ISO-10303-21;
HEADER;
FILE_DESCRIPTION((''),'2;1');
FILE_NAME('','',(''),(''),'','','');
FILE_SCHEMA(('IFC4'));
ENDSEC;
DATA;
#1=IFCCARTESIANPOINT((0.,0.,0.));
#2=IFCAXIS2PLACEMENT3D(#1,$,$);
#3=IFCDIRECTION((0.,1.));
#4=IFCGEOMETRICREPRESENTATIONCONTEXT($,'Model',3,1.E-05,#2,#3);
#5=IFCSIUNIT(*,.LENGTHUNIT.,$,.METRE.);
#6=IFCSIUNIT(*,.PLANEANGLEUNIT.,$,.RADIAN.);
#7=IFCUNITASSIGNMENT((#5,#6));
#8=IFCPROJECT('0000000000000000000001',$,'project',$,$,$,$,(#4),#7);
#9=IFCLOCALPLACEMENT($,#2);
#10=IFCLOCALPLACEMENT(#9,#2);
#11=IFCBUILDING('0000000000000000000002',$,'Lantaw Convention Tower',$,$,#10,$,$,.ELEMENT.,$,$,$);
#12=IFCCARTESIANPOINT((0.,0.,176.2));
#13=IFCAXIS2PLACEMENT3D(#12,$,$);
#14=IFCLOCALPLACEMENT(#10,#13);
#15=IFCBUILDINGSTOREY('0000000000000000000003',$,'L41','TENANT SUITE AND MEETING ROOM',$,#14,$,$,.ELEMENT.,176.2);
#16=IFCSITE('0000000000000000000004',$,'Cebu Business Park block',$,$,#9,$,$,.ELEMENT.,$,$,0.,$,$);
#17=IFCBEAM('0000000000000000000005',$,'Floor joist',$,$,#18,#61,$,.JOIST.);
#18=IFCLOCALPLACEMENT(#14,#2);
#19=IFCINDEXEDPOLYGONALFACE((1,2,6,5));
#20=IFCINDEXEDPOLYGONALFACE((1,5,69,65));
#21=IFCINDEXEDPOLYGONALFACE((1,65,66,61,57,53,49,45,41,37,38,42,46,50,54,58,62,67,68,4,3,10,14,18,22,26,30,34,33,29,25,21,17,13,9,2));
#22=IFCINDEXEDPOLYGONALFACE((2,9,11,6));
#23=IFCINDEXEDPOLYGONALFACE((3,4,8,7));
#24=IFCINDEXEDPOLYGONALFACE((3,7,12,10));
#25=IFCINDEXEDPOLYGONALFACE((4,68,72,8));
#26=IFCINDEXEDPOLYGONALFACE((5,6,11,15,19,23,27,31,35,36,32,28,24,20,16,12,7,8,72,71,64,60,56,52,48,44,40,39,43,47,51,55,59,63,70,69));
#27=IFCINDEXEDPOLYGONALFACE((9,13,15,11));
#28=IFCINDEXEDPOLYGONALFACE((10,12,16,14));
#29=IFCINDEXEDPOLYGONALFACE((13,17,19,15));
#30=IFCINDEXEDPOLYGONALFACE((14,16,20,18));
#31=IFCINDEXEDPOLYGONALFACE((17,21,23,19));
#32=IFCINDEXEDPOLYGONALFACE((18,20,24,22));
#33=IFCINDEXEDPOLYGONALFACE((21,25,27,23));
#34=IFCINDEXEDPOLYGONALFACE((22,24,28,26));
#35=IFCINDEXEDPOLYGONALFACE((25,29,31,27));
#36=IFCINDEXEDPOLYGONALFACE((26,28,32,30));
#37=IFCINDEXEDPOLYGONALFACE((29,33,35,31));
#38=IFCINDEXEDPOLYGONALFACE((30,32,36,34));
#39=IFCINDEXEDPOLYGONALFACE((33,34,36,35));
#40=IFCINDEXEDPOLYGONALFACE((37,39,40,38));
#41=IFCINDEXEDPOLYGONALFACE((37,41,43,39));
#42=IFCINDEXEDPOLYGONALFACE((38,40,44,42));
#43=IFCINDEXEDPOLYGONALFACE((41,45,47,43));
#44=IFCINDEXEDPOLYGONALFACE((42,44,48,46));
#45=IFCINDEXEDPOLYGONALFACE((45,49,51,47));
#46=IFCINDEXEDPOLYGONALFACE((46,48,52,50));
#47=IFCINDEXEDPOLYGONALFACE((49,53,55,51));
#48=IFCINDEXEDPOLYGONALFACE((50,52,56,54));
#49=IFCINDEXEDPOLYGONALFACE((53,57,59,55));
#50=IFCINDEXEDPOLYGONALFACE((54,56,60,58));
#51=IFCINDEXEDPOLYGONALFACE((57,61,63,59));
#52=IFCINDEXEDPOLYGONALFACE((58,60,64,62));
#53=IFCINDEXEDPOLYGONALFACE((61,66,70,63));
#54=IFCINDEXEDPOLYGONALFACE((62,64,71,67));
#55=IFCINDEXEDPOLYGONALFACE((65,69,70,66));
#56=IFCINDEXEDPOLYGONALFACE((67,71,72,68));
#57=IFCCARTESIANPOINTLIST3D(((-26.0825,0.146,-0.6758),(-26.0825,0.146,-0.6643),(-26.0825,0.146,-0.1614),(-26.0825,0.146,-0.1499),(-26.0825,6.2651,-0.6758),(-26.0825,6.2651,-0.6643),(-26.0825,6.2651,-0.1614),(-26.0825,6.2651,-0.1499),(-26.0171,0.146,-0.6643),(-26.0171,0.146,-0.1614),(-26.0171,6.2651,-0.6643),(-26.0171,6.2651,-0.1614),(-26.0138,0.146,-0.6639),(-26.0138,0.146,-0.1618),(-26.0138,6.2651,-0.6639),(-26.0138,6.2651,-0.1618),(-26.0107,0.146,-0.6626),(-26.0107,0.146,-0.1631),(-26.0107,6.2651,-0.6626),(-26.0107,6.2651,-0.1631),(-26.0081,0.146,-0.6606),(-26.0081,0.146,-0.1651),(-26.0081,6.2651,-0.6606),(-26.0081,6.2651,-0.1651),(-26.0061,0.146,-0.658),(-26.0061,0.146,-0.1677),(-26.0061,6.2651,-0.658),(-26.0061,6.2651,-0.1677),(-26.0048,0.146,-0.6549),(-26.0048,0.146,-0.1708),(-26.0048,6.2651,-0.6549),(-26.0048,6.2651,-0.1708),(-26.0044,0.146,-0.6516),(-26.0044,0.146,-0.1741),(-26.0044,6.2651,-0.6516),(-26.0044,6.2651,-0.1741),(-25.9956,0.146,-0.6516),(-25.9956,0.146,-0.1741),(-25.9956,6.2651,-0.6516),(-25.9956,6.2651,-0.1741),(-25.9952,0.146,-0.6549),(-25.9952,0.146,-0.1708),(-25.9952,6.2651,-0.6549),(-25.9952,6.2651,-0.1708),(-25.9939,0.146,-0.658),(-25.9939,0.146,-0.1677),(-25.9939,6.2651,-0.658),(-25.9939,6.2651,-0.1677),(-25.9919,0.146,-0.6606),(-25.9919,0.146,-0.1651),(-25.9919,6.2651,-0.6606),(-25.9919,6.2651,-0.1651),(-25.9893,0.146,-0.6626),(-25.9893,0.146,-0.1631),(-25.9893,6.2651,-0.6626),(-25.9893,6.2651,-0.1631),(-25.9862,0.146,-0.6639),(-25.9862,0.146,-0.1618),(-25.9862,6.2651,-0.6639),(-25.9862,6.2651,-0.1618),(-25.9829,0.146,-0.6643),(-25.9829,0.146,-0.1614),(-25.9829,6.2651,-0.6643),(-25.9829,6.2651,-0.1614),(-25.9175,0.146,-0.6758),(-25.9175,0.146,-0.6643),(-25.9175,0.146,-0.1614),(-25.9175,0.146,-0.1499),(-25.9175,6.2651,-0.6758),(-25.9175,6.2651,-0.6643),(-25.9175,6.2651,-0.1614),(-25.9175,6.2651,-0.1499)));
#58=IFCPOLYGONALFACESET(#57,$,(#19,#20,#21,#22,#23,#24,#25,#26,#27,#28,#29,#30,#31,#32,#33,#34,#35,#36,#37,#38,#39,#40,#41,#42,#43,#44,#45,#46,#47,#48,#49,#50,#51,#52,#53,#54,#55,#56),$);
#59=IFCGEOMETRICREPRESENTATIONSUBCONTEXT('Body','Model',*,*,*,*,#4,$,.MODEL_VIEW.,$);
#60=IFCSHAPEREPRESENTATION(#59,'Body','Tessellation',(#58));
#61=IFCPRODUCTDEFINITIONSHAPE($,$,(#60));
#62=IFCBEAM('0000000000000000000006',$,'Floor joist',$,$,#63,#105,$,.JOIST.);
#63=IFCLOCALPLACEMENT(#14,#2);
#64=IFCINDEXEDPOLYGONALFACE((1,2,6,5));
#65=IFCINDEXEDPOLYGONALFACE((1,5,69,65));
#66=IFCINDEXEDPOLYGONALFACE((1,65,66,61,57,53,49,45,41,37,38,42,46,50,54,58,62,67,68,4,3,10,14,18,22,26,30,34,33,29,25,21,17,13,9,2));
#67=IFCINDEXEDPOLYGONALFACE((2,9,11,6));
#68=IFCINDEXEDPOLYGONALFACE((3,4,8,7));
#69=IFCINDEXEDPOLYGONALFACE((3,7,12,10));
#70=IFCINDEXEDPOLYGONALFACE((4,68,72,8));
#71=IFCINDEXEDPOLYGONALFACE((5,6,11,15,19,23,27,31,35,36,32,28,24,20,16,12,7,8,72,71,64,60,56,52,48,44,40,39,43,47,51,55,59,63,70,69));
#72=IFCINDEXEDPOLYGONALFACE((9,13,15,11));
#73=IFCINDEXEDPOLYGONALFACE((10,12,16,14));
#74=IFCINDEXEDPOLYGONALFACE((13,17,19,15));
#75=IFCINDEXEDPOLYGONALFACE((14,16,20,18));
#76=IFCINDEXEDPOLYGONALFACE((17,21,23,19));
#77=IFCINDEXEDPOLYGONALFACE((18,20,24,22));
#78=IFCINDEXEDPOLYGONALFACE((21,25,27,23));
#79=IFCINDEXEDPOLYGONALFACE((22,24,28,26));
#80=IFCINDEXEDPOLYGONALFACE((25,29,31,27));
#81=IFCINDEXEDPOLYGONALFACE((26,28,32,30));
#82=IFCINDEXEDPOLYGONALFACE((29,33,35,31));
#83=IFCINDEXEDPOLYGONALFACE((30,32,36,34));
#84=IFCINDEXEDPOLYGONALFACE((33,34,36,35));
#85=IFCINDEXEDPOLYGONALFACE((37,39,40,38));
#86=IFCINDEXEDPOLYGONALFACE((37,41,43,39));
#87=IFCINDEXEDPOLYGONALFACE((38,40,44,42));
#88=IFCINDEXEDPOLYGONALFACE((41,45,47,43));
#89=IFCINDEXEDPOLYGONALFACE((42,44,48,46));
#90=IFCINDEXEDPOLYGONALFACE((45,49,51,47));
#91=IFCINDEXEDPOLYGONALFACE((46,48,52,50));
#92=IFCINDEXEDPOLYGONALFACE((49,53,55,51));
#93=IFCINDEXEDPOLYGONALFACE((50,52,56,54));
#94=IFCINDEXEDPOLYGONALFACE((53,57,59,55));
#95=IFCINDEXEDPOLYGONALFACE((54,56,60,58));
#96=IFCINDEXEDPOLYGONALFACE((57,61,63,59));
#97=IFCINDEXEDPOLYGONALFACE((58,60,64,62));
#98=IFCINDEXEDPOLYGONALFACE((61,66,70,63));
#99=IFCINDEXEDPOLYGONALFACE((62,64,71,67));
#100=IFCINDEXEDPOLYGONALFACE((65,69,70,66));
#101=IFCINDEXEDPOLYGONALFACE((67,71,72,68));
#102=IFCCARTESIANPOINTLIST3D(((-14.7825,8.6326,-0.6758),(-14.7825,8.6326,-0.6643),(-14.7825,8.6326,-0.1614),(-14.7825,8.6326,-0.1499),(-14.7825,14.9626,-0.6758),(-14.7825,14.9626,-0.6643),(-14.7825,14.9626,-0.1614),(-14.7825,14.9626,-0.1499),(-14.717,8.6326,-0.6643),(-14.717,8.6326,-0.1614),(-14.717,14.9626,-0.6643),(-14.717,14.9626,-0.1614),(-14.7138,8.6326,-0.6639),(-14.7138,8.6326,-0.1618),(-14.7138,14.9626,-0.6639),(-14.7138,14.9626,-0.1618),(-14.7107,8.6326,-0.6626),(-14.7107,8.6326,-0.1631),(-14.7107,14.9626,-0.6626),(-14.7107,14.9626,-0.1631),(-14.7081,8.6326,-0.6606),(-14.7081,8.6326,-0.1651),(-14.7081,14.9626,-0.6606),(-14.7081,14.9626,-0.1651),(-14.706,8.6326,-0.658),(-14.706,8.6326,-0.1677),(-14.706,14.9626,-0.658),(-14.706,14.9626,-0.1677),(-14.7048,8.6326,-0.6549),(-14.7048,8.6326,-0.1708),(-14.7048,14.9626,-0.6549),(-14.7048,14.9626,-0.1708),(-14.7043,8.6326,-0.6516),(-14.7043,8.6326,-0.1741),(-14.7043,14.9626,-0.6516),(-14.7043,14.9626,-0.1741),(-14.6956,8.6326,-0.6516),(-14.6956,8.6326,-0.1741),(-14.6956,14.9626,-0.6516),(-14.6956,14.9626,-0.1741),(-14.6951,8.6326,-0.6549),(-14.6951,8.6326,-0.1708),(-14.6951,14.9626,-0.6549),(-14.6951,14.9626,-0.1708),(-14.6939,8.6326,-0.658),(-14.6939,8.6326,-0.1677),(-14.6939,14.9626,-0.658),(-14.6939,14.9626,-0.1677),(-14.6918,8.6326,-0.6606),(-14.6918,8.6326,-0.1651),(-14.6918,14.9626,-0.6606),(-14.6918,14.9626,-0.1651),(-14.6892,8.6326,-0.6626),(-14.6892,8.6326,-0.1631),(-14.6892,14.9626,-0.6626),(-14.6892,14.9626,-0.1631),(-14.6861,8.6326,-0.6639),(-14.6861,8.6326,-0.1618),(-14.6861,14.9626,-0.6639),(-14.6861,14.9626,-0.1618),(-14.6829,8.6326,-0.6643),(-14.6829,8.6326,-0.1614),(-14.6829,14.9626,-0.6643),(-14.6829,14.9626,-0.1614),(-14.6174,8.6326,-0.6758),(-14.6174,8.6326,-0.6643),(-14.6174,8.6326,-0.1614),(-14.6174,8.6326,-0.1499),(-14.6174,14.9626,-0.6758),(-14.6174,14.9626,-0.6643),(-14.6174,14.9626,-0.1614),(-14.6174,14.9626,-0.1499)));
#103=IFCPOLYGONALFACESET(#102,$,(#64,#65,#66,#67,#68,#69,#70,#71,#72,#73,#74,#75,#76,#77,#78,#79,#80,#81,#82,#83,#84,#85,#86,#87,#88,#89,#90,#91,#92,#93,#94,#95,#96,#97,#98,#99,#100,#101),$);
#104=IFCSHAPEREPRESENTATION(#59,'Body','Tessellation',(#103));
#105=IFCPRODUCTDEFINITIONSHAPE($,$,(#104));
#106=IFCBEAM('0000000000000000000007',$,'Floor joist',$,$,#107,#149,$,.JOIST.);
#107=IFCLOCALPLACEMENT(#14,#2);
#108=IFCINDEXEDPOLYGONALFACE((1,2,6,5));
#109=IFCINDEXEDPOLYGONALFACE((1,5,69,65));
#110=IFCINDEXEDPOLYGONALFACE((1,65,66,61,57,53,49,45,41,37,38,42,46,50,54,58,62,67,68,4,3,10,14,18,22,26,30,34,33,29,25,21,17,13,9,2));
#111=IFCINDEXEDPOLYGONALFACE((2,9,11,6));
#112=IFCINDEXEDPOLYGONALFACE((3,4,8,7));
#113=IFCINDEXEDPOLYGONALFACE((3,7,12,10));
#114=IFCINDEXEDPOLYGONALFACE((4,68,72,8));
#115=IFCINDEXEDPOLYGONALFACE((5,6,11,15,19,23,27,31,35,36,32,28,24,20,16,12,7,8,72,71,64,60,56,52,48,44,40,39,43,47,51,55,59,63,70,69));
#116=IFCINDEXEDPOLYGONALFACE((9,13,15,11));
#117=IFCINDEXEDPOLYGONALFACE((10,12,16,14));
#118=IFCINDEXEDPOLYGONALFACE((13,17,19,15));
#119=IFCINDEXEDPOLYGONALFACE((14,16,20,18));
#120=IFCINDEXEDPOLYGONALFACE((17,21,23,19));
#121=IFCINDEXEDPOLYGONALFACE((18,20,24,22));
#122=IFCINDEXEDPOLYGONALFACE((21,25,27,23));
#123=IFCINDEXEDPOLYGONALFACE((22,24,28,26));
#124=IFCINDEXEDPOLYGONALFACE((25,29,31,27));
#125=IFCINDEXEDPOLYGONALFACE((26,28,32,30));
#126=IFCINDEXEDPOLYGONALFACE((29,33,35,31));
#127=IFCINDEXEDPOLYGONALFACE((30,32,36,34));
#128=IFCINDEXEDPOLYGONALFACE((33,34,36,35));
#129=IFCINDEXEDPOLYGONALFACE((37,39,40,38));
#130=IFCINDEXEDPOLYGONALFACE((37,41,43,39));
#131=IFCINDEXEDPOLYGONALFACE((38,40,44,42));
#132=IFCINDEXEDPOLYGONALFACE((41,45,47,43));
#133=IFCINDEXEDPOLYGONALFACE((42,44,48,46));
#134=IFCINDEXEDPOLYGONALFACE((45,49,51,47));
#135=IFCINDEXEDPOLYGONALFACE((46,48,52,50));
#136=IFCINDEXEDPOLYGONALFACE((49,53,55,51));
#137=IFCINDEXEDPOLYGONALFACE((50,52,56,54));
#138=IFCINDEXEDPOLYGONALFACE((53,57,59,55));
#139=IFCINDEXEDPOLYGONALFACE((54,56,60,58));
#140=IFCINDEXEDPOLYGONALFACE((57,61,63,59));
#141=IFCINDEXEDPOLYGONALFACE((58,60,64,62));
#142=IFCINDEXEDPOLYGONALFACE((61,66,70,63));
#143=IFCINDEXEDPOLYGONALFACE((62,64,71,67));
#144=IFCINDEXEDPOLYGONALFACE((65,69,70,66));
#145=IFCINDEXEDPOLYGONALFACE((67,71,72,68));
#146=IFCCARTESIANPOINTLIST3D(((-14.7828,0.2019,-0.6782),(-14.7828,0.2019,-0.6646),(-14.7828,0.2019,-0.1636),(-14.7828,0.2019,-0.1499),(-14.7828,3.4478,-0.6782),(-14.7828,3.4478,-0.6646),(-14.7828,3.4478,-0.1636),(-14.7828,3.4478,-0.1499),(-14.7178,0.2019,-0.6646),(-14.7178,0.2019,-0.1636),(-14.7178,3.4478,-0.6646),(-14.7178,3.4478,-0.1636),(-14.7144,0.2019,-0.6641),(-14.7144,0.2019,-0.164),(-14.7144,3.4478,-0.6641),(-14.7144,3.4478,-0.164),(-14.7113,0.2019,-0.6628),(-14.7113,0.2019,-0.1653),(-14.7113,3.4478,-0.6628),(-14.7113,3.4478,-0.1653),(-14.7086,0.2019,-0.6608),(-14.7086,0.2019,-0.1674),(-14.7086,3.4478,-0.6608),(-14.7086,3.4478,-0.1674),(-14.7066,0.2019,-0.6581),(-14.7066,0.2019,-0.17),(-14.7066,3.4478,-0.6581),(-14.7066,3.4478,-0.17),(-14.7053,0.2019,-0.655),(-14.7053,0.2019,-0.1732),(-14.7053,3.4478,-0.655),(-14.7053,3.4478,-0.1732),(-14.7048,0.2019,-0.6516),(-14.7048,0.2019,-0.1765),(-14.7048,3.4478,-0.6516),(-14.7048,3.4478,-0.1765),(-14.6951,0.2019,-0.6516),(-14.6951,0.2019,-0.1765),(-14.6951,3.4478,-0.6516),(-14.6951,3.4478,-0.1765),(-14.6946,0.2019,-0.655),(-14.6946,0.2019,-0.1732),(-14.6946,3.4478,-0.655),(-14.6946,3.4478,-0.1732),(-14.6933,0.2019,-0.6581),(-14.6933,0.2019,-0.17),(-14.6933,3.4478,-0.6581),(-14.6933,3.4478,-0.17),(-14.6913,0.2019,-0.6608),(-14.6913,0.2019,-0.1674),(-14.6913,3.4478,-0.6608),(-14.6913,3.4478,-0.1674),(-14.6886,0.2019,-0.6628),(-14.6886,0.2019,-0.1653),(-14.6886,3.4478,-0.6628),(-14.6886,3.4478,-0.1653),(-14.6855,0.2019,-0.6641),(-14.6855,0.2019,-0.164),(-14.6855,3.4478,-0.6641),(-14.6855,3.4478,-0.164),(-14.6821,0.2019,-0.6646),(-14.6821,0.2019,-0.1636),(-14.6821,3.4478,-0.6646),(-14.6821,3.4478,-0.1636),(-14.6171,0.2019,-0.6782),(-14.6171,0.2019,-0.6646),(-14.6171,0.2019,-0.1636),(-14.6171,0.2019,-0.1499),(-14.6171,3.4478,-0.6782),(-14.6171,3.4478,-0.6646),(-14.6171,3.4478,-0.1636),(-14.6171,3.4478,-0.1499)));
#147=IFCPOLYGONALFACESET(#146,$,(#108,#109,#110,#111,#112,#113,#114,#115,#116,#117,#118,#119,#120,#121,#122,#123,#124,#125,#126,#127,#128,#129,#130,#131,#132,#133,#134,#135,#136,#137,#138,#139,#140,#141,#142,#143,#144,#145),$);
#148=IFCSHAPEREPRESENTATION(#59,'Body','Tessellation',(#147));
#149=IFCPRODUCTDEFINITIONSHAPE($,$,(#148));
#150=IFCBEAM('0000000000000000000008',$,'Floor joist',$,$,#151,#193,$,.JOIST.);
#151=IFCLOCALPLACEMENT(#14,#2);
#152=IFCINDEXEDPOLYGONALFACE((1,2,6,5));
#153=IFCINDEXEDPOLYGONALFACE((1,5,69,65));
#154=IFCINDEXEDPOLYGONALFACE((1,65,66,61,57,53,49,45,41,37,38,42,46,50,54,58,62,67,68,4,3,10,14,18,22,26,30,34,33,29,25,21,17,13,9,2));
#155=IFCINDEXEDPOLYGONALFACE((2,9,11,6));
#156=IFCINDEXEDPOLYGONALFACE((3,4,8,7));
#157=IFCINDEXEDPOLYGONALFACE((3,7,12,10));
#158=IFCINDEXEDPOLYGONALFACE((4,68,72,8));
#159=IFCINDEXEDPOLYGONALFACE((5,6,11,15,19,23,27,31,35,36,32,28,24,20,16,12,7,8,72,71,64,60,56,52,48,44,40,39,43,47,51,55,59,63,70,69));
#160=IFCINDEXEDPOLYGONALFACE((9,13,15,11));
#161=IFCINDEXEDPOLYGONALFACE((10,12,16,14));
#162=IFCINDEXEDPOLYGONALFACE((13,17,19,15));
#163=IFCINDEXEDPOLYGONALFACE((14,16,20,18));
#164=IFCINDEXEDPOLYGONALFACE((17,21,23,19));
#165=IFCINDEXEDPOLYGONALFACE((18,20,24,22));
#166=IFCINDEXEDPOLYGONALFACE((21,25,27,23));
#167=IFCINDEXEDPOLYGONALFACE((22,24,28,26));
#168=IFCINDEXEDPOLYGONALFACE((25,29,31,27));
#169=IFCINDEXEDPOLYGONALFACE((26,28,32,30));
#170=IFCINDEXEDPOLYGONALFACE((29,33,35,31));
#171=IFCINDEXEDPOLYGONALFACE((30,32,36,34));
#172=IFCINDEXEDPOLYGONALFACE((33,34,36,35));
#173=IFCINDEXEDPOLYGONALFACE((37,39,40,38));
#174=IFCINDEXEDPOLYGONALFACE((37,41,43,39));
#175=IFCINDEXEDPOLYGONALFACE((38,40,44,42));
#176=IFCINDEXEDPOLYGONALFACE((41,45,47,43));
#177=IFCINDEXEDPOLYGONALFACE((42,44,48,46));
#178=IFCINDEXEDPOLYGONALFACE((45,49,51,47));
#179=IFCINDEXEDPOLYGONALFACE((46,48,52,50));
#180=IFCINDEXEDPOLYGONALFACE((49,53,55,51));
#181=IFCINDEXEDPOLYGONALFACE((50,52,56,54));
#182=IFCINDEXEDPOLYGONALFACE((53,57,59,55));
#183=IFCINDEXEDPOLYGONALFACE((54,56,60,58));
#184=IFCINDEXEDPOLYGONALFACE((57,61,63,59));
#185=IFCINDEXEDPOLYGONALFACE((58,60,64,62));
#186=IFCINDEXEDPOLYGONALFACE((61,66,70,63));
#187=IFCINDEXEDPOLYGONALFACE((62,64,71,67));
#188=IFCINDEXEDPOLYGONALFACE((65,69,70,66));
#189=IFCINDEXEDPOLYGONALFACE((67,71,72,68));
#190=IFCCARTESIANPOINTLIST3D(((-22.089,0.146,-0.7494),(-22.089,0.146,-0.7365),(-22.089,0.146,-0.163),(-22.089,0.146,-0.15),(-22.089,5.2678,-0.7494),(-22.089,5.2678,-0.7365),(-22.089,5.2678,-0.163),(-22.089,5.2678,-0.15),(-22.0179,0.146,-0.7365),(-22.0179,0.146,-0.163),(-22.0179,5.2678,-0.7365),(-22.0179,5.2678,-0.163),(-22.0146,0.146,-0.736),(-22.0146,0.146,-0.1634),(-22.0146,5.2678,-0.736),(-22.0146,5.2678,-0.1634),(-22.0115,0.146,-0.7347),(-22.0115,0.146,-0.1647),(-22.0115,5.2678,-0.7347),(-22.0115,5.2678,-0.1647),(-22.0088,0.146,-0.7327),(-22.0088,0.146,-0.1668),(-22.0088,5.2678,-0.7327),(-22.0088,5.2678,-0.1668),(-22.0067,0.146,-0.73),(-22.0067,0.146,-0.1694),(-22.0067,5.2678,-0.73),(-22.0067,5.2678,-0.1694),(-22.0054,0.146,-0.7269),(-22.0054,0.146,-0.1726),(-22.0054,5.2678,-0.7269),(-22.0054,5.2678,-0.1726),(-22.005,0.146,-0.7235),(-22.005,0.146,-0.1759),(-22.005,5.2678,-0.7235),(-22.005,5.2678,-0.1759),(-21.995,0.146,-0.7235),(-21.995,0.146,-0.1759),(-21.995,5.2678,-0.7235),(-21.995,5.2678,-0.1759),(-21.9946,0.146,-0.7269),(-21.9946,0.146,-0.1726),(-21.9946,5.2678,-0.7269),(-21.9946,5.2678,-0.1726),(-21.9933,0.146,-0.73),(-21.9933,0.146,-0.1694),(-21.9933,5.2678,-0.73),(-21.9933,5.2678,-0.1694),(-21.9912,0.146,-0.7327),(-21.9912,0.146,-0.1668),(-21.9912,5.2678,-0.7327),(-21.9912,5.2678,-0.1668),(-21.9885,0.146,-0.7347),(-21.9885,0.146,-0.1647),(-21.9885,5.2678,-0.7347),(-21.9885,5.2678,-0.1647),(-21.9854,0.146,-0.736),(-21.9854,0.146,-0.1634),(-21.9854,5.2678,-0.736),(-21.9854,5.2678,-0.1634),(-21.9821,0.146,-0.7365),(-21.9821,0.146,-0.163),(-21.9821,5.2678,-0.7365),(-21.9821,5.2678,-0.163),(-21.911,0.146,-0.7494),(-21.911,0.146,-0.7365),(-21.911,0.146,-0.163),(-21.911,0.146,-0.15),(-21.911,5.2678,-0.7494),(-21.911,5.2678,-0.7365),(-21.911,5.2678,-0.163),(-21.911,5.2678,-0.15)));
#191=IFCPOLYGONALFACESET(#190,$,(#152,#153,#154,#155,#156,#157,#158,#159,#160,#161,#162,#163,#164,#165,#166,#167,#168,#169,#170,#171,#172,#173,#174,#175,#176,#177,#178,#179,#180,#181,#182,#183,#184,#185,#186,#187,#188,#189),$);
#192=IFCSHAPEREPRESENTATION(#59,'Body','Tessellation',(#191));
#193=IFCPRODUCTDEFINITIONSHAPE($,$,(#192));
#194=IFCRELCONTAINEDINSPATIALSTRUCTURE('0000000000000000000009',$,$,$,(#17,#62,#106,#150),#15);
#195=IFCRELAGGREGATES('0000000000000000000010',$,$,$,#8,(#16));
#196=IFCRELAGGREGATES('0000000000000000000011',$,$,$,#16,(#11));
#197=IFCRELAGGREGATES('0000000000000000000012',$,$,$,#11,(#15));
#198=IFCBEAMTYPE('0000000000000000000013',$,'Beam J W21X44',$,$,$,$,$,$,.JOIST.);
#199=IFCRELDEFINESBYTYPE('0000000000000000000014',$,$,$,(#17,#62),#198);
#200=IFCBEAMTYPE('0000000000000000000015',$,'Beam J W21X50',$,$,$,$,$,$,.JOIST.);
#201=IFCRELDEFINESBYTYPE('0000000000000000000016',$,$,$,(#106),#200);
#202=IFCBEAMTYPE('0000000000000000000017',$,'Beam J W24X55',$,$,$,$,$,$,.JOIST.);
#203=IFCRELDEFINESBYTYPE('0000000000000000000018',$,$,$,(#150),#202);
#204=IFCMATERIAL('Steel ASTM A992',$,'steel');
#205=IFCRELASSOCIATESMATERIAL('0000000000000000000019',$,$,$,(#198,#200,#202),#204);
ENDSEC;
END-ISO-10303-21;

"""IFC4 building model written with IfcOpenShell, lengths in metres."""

from ifc_helpers import new_model, si_unit, direction, frame, origin, origin_2d, place, context, subcontext, project, spatial, i_section, extrude, material, material_profile, profile_set, type_object, element, save


model = new_model("IFC4")

# Units and contexts
model_context = context("Model", 3, precision=1e-05, world=origin(), true_north=direction((0.0, 1.0)))
body_context = subcontext(model_context, "Body", "Model", "MODEL_VIEW")
ifc_project = project(units=[si_unit("LENGTHUNIT", "METRE"), si_unit("PLANEANGLEUNIT", "RADIAN")], contexts=[model_context])

# Site, building, storey
site_placement = place(None, origin())
site = spatial("IfcSite", under=ifc_project, at=site_placement, Name="Cebu Business Park block", CompositionType="ELEMENT", RefElevation=0.0)
building_placement = place(site_placement, origin())
building = spatial("IfcBuilding", under=site, at=building_placement, Name="Lantaw Convention Tower", CompositionType="ELEMENT")
storey_placement = place(building_placement, frame((0.0, 0.0, 176.2)))
storey = spatial("IfcBuildingStorey", under=building, at=storey_placement, Name="L41", Description="TENANT SUITE AND MEETING ROOM", CompositionType="ELEMENT", Elevation=176.2)

# Beams
ifc_material_1 = material(Name="Steel ASTM A992", Category="steel")
ifc_material_profile_1 = material_profile(ifc_material_1, i_section(OverallWidth=0.165, OverallDepth=0.5259, WebThickness=0.0088, FlangeThickness=0.0115, FilletRadius=0.0127, at=origin_2d()), Name="W21X44")
ifc_profile_set_1 = profile_set([ifc_material_profile_1], Name="Steel ASTM A992")
beam_type_1 = type_object("IfcBeamType", Name="Beam J W21X44", PredefinedType="JOIST", material=ifc_profile_set_1)
beam_1_placement = place(storey_placement, frame((-26.0, 0.146, -0.4128), z_axis=(0.0, 1.0, 0.0), x_axis=(-1.0, 0.0, 0.0)))
element("IfcBeam", 1, at=beam_1_placement, inside=storey, type_object=beam_type_1, Name="Floor joist", PredefinedType="JOIST", context=body_context, shape_type="SweptSolid", body=[
    extrude(i_section(OverallWidth=0.165, OverallDepth=0.5259, WebThickness=0.0088, FlangeThickness=0.0115, FilletRadius=0.0127, at=origin_2d()), origin(), (0.0, 0.0, 1.0), 6.1191),
])
beam_2_placement = place(storey_placement, frame((-14.7, 8.6326, -0.4128), z_axis=(0.0, 1.0, 0.0), x_axis=(-1.0, 0.0, 0.0)))
element("IfcBeam", 2, at=beam_2_placement, inside=storey, type_object=beam_type_1, Name="Floor joist", PredefinedType="JOIST", context=body_context, shape_type="SweptSolid", body=[
    extrude(i_section(OverallWidth=0.165, OverallDepth=0.5259, WebThickness=0.0088, FlangeThickness=0.0115, FilletRadius=0.0127, at=origin_2d()), origin(), (0.0, 0.0, 1.0), 6.3301),
])
ifc_material_profile_2 = material_profile(ifc_material_1, i_section(OverallWidth=0.1658, OverallDepth=0.5283, WebThickness=0.0098, FlangeThickness=0.0137, FilletRadius=0.0129, at=origin_2d()), Name="W21X50")
ifc_profile_set_2 = profile_set([ifc_material_profile_2], Name="Steel ASTM A992")
beam_type_2 = type_object("IfcBeamType", Name="Beam J W21X50", PredefinedType="JOIST", material=ifc_profile_set_2)
beam_3_placement = place(storey_placement, frame((-14.7, 0.2019, -0.4141), z_axis=(0.0, 1.0, 0.0), x_axis=(-1.0, 0.0, 0.0)))
element("IfcBeam", 3, at=beam_3_placement, inside=storey, type_object=beam_type_2, Name="Floor joist", PredefinedType="JOIST", context=body_context, shape_type="SweptSolid", body=[
    extrude(i_section(OverallWidth=0.1658, OverallDepth=0.5283, WebThickness=0.0098, FlangeThickness=0.0137, FilletRadius=0.0129, at=origin_2d()), origin(), (0.0, 0.0, 1.0), 3.2458),
])
ifc_material_profile_3 = material_profile(ifc_material_1, i_section(OverallWidth=0.178, OverallDepth=0.5994, WebThickness=0.01, FlangeThickness=0.0129, FilletRadius=0.0129, at=origin_2d()), Name="W24X55")
ifc_profile_set_3 = profile_set([ifc_material_profile_3], Name="Steel ASTM A992")
beam_type_3 = type_object("IfcBeamType", Name="Beam J W24X55", PredefinedType="JOIST", material=ifc_profile_set_3)
beam_4_placement = place(storey_placement, frame((-22.0, 0.146, -0.4497), z_axis=(0.0, 1.0, 0.0), x_axis=(-1.0, 0.0, 0.0)))
element("IfcBeam", 4, at=beam_4_placement, inside=storey, type_object=beam_type_3, Name="Floor joist", PredefinedType="JOIST", context=body_context, shape_type="SweptSolid", body=[
    extrude(i_section(OverallWidth=0.178, OverallDepth=0.5994, WebThickness=0.01, FlangeThickness=0.0129, FilletRadius=0.0129, at=origin_2d()), origin(), (0.0, 0.0, 1.0), 5.1218),
])

save(model, "model.ifc")
